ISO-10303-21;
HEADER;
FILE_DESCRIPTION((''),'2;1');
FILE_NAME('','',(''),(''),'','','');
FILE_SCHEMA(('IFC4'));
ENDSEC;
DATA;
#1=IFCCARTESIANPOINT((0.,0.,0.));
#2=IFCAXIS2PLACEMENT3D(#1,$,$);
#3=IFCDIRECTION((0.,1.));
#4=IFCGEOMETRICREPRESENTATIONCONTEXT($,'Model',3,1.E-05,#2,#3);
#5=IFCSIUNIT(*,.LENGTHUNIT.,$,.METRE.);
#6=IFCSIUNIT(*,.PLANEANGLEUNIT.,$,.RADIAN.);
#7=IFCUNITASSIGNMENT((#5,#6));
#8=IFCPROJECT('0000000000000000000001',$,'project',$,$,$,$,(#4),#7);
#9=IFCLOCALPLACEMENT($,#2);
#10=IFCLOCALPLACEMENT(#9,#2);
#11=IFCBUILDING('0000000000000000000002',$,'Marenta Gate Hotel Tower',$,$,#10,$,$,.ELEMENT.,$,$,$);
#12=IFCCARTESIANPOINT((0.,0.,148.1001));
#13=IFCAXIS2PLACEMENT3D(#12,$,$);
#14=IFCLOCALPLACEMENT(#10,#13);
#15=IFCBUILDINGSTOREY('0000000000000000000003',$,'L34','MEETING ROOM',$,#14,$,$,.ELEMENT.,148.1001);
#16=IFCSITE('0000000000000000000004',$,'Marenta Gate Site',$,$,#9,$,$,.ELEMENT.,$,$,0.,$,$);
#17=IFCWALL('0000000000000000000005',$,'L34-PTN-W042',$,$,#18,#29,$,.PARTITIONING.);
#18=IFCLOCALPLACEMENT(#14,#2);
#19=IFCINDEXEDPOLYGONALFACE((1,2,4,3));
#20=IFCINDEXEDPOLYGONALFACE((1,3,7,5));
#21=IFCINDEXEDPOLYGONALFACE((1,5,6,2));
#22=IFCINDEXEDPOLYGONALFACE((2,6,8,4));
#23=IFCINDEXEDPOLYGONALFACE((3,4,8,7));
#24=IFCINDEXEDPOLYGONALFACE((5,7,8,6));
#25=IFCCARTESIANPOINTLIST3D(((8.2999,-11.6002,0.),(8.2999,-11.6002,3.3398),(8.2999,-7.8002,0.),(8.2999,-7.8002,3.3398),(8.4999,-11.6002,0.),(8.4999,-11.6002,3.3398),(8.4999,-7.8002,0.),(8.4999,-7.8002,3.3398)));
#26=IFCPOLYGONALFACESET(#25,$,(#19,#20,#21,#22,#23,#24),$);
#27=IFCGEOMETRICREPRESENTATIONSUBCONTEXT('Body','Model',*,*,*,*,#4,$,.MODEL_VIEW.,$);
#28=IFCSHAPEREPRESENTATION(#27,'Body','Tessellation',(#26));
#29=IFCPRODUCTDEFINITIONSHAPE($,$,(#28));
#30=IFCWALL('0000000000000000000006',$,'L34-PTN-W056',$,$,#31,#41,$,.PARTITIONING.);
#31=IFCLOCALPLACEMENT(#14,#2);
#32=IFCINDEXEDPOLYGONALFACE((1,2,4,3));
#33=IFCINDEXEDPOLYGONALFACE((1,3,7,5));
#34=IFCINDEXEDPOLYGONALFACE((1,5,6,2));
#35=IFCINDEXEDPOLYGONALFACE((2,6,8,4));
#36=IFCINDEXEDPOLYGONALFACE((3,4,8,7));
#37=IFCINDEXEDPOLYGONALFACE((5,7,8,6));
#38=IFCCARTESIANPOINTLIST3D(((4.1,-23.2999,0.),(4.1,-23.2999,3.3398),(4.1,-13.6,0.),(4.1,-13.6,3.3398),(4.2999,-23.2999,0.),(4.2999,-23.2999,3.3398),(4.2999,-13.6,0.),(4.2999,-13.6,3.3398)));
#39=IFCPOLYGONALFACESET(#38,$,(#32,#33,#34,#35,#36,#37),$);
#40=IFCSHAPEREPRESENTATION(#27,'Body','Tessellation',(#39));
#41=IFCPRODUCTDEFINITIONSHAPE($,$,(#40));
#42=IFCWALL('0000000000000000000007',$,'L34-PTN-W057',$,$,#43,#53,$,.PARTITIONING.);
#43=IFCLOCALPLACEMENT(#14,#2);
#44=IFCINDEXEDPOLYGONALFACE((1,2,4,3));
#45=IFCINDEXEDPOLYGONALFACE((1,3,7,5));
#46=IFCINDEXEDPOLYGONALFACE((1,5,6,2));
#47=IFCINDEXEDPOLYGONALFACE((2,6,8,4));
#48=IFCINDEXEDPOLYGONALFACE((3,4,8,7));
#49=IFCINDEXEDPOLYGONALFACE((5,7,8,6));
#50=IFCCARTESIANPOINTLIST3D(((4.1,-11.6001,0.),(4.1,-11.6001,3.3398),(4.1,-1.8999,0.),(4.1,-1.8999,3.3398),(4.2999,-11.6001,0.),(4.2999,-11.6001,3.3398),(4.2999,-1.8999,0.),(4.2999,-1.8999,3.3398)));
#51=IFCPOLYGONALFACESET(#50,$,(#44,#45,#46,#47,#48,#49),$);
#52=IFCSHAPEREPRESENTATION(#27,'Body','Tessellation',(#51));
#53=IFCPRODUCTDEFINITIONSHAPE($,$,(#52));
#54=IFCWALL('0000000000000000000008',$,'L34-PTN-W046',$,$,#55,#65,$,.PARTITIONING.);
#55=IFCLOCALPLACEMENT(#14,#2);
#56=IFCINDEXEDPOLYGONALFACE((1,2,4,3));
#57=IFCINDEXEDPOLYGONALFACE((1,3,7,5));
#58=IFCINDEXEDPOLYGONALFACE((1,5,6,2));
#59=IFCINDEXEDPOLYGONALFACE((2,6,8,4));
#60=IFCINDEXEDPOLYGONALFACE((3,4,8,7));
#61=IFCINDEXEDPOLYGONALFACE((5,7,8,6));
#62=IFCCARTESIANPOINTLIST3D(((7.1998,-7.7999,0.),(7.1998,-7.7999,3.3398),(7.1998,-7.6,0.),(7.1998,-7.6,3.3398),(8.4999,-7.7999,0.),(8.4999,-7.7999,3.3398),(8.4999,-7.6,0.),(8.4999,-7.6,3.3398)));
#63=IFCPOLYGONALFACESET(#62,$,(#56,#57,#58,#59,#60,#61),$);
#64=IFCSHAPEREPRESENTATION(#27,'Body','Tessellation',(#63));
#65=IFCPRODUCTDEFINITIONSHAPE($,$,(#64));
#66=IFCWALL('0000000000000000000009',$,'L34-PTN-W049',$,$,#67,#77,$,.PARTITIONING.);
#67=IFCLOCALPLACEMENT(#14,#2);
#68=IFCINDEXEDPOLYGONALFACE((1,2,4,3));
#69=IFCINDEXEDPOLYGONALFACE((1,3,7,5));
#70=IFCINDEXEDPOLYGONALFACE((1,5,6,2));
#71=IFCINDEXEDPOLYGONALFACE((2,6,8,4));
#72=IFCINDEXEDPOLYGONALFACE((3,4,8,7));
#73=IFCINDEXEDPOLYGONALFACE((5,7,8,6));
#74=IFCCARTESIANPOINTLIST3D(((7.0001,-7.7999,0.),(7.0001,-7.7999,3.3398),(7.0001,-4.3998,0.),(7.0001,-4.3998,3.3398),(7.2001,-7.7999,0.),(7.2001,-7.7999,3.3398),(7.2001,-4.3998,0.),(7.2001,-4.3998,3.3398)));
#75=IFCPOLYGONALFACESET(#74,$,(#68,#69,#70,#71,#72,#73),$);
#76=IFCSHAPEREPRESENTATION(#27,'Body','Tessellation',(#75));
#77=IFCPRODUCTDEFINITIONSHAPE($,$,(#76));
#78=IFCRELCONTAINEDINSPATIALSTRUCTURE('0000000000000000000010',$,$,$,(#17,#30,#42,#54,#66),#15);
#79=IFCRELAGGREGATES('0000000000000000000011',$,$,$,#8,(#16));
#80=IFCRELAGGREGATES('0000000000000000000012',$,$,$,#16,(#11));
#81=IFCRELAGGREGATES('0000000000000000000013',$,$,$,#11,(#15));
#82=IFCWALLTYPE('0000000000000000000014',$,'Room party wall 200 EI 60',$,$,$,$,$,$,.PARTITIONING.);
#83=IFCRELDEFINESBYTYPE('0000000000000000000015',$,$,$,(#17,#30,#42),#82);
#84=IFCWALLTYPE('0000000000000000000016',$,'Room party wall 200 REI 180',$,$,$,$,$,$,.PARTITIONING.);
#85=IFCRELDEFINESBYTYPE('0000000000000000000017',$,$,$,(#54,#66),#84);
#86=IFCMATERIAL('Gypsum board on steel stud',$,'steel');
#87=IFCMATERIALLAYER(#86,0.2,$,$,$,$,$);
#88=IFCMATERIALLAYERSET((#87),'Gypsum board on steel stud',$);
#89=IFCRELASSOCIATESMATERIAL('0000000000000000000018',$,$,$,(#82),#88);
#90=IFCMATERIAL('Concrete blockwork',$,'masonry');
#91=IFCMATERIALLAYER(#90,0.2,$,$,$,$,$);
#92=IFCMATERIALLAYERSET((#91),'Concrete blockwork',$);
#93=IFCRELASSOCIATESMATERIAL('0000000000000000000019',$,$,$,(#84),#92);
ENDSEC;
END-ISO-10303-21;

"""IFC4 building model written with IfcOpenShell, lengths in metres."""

from ifc_helpers import new_model, si_unit, direction, frame, frame_2d, origin, place, context, subcontext, project, spatial, rectangle, extrude, material, layer, layer_set, type_object, element, save


model = new_model("IFC4")

# Units and contexts
model_context = context("Model", 3, precision=1e-05, world=origin(), true_north=direction((0.0, 1.0)))
body_context = subcontext(model_context, "Body", "Model", "MODEL_VIEW")
ifc_project = project(units=[si_unit("LENGTHUNIT", "METRE"), si_unit("PLANEANGLEUNIT", "RADIAN")], contexts=[model_context])

# Site, building, storey
site_placement = place(None, origin())
site = spatial("IfcSite", under=ifc_project, at=site_placement, Name="Marenta Gate Site", CompositionType="ELEMENT", RefElevation=0.0)
building_placement = place(site_placement, origin())
building = spatial("IfcBuilding", under=site, at=building_placement, Name="Marenta Gate Hotel Tower", CompositionType="ELEMENT")
storey_placement = place(building_placement, frame((0.0, 0.0, 148.1001)))
storey = spatial("IfcBuildingStorey", under=building, at=storey_placement, Name="L34", Description="MEETING ROOM", CompositionType="ELEMENT", Elevation=148.1001)

# Walls
ifc_material_1 = material(Name="Gypsum board on steel stud", Category="steel")
ifc_layer_1 = layer(ifc_material_1, 0.2)
ifc_layer_set_1 = layer_set([ifc_layer_1], Name="Gypsum board on steel stud")
wall_type_1 = type_object("IfcWallType", Name="Room party wall 200 EI 60", PredefinedType="PARTITIONING", material=ifc_layer_set_1)
wall_1_placement = place(storey_placement, frame((8.3999, -11.6001, 0.0), z_axis=(0.0, 0.0, 1.0), x_axis=(0.0, 1.0, 0.0)))
element("IfcWall", 1, at=wall_1_placement, inside=storey, type_object=wall_type_1, Name="L34-PTN-W042", PredefinedType="PARTITIONING", context=body_context, shape_type="SweptSolid", body=[
    extrude(rectangle(XDim=3.8, YDim=0.2, at=frame_2d((1.8999, 0.0))), origin(), (0.0, 0.0, 1.0), 3.3398),
])
wall_2_placement = place(storey_placement, frame((4.2, -23.3, 0.0), z_axis=(0.0, 0.0, 1.0), x_axis=(0.0, 1.0, 0.0)))
element("IfcWall", 2, at=wall_2_placement, inside=storey, type_object=wall_type_1, Name="L34-PTN-W056", PredefinedType="PARTITIONING", context=body_context, shape_type="SweptSolid", body=[
    extrude(rectangle(XDim=9.7, YDim=0.2, at=frame_2d((4.8501, 0.0))), origin(), (0.0, 0.0, 1.0), 3.3398),
])
wall_3_placement = place(storey_placement, frame((4.2, -11.6001, 0.0), z_axis=(0.0, 0.0, 1.0), x_axis=(0.0, 1.0, 0.0)))
element("IfcWall", 3, at=wall_3_placement, inside=storey, type_object=wall_type_1, Name="L34-PTN-W057", PredefinedType="PARTITIONING", context=body_context, shape_type="SweptSolid", body=[
    extrude(rectangle(XDim=9.7002, YDim=0.2, at=frame_2d((4.8501, 0.0))), origin(), (0.0, 0.0, 1.0), 3.3398),
])
ifc_material_2 = material(Name="Concrete blockwork", Category="masonry")
ifc_layer_2 = layer(ifc_material_2, 0.2)
ifc_layer_set_2 = layer_set([ifc_layer_2], Name="Concrete blockwork")
wall_type_2 = type_object("IfcWallType", Name="Room party wall 200 REI 180", PredefinedType="PARTITIONING", material=ifc_layer_set_2)
wall_4_placement = place(storey_placement, frame((7.2, -7.7, 0.0), z_axis=(0.0, 0.0, 1.0), x_axis=(1.0, 0.0, 0.0)))
element("IfcWall", 4, at=wall_4_placement, inside=storey, type_object=wall_type_2, Name="L34-PTN-W046", PredefinedType="PARTITIONING", context=body_context, shape_type="SweptSolid", body=[
    extrude(rectangle(XDim=1.3, YDim=0.2, at=frame_2d((0.6499, 0.0))), origin(), (0.0, 0.0, 1.0), 3.3398),
])
wall_5_placement = place(storey_placement, frame((7.1001, -7.8, 0.0), z_axis=(0.0, 0.0, 1.0), x_axis=(0.0, 1.0, 0.0)))
element("IfcWall", 5, at=wall_5_placement, inside=storey, type_object=wall_type_2, Name="L34-PTN-W049", PredefinedType="PARTITIONING", context=body_context, shape_type="SweptSolid", body=[
    extrude(rectangle(XDim=3.4001, YDim=0.2, at=frame_2d((1.7002, 0.0))), origin(), (0.0, 0.0, 1.0), 3.3398),
])

save(model, "model.ifc")
